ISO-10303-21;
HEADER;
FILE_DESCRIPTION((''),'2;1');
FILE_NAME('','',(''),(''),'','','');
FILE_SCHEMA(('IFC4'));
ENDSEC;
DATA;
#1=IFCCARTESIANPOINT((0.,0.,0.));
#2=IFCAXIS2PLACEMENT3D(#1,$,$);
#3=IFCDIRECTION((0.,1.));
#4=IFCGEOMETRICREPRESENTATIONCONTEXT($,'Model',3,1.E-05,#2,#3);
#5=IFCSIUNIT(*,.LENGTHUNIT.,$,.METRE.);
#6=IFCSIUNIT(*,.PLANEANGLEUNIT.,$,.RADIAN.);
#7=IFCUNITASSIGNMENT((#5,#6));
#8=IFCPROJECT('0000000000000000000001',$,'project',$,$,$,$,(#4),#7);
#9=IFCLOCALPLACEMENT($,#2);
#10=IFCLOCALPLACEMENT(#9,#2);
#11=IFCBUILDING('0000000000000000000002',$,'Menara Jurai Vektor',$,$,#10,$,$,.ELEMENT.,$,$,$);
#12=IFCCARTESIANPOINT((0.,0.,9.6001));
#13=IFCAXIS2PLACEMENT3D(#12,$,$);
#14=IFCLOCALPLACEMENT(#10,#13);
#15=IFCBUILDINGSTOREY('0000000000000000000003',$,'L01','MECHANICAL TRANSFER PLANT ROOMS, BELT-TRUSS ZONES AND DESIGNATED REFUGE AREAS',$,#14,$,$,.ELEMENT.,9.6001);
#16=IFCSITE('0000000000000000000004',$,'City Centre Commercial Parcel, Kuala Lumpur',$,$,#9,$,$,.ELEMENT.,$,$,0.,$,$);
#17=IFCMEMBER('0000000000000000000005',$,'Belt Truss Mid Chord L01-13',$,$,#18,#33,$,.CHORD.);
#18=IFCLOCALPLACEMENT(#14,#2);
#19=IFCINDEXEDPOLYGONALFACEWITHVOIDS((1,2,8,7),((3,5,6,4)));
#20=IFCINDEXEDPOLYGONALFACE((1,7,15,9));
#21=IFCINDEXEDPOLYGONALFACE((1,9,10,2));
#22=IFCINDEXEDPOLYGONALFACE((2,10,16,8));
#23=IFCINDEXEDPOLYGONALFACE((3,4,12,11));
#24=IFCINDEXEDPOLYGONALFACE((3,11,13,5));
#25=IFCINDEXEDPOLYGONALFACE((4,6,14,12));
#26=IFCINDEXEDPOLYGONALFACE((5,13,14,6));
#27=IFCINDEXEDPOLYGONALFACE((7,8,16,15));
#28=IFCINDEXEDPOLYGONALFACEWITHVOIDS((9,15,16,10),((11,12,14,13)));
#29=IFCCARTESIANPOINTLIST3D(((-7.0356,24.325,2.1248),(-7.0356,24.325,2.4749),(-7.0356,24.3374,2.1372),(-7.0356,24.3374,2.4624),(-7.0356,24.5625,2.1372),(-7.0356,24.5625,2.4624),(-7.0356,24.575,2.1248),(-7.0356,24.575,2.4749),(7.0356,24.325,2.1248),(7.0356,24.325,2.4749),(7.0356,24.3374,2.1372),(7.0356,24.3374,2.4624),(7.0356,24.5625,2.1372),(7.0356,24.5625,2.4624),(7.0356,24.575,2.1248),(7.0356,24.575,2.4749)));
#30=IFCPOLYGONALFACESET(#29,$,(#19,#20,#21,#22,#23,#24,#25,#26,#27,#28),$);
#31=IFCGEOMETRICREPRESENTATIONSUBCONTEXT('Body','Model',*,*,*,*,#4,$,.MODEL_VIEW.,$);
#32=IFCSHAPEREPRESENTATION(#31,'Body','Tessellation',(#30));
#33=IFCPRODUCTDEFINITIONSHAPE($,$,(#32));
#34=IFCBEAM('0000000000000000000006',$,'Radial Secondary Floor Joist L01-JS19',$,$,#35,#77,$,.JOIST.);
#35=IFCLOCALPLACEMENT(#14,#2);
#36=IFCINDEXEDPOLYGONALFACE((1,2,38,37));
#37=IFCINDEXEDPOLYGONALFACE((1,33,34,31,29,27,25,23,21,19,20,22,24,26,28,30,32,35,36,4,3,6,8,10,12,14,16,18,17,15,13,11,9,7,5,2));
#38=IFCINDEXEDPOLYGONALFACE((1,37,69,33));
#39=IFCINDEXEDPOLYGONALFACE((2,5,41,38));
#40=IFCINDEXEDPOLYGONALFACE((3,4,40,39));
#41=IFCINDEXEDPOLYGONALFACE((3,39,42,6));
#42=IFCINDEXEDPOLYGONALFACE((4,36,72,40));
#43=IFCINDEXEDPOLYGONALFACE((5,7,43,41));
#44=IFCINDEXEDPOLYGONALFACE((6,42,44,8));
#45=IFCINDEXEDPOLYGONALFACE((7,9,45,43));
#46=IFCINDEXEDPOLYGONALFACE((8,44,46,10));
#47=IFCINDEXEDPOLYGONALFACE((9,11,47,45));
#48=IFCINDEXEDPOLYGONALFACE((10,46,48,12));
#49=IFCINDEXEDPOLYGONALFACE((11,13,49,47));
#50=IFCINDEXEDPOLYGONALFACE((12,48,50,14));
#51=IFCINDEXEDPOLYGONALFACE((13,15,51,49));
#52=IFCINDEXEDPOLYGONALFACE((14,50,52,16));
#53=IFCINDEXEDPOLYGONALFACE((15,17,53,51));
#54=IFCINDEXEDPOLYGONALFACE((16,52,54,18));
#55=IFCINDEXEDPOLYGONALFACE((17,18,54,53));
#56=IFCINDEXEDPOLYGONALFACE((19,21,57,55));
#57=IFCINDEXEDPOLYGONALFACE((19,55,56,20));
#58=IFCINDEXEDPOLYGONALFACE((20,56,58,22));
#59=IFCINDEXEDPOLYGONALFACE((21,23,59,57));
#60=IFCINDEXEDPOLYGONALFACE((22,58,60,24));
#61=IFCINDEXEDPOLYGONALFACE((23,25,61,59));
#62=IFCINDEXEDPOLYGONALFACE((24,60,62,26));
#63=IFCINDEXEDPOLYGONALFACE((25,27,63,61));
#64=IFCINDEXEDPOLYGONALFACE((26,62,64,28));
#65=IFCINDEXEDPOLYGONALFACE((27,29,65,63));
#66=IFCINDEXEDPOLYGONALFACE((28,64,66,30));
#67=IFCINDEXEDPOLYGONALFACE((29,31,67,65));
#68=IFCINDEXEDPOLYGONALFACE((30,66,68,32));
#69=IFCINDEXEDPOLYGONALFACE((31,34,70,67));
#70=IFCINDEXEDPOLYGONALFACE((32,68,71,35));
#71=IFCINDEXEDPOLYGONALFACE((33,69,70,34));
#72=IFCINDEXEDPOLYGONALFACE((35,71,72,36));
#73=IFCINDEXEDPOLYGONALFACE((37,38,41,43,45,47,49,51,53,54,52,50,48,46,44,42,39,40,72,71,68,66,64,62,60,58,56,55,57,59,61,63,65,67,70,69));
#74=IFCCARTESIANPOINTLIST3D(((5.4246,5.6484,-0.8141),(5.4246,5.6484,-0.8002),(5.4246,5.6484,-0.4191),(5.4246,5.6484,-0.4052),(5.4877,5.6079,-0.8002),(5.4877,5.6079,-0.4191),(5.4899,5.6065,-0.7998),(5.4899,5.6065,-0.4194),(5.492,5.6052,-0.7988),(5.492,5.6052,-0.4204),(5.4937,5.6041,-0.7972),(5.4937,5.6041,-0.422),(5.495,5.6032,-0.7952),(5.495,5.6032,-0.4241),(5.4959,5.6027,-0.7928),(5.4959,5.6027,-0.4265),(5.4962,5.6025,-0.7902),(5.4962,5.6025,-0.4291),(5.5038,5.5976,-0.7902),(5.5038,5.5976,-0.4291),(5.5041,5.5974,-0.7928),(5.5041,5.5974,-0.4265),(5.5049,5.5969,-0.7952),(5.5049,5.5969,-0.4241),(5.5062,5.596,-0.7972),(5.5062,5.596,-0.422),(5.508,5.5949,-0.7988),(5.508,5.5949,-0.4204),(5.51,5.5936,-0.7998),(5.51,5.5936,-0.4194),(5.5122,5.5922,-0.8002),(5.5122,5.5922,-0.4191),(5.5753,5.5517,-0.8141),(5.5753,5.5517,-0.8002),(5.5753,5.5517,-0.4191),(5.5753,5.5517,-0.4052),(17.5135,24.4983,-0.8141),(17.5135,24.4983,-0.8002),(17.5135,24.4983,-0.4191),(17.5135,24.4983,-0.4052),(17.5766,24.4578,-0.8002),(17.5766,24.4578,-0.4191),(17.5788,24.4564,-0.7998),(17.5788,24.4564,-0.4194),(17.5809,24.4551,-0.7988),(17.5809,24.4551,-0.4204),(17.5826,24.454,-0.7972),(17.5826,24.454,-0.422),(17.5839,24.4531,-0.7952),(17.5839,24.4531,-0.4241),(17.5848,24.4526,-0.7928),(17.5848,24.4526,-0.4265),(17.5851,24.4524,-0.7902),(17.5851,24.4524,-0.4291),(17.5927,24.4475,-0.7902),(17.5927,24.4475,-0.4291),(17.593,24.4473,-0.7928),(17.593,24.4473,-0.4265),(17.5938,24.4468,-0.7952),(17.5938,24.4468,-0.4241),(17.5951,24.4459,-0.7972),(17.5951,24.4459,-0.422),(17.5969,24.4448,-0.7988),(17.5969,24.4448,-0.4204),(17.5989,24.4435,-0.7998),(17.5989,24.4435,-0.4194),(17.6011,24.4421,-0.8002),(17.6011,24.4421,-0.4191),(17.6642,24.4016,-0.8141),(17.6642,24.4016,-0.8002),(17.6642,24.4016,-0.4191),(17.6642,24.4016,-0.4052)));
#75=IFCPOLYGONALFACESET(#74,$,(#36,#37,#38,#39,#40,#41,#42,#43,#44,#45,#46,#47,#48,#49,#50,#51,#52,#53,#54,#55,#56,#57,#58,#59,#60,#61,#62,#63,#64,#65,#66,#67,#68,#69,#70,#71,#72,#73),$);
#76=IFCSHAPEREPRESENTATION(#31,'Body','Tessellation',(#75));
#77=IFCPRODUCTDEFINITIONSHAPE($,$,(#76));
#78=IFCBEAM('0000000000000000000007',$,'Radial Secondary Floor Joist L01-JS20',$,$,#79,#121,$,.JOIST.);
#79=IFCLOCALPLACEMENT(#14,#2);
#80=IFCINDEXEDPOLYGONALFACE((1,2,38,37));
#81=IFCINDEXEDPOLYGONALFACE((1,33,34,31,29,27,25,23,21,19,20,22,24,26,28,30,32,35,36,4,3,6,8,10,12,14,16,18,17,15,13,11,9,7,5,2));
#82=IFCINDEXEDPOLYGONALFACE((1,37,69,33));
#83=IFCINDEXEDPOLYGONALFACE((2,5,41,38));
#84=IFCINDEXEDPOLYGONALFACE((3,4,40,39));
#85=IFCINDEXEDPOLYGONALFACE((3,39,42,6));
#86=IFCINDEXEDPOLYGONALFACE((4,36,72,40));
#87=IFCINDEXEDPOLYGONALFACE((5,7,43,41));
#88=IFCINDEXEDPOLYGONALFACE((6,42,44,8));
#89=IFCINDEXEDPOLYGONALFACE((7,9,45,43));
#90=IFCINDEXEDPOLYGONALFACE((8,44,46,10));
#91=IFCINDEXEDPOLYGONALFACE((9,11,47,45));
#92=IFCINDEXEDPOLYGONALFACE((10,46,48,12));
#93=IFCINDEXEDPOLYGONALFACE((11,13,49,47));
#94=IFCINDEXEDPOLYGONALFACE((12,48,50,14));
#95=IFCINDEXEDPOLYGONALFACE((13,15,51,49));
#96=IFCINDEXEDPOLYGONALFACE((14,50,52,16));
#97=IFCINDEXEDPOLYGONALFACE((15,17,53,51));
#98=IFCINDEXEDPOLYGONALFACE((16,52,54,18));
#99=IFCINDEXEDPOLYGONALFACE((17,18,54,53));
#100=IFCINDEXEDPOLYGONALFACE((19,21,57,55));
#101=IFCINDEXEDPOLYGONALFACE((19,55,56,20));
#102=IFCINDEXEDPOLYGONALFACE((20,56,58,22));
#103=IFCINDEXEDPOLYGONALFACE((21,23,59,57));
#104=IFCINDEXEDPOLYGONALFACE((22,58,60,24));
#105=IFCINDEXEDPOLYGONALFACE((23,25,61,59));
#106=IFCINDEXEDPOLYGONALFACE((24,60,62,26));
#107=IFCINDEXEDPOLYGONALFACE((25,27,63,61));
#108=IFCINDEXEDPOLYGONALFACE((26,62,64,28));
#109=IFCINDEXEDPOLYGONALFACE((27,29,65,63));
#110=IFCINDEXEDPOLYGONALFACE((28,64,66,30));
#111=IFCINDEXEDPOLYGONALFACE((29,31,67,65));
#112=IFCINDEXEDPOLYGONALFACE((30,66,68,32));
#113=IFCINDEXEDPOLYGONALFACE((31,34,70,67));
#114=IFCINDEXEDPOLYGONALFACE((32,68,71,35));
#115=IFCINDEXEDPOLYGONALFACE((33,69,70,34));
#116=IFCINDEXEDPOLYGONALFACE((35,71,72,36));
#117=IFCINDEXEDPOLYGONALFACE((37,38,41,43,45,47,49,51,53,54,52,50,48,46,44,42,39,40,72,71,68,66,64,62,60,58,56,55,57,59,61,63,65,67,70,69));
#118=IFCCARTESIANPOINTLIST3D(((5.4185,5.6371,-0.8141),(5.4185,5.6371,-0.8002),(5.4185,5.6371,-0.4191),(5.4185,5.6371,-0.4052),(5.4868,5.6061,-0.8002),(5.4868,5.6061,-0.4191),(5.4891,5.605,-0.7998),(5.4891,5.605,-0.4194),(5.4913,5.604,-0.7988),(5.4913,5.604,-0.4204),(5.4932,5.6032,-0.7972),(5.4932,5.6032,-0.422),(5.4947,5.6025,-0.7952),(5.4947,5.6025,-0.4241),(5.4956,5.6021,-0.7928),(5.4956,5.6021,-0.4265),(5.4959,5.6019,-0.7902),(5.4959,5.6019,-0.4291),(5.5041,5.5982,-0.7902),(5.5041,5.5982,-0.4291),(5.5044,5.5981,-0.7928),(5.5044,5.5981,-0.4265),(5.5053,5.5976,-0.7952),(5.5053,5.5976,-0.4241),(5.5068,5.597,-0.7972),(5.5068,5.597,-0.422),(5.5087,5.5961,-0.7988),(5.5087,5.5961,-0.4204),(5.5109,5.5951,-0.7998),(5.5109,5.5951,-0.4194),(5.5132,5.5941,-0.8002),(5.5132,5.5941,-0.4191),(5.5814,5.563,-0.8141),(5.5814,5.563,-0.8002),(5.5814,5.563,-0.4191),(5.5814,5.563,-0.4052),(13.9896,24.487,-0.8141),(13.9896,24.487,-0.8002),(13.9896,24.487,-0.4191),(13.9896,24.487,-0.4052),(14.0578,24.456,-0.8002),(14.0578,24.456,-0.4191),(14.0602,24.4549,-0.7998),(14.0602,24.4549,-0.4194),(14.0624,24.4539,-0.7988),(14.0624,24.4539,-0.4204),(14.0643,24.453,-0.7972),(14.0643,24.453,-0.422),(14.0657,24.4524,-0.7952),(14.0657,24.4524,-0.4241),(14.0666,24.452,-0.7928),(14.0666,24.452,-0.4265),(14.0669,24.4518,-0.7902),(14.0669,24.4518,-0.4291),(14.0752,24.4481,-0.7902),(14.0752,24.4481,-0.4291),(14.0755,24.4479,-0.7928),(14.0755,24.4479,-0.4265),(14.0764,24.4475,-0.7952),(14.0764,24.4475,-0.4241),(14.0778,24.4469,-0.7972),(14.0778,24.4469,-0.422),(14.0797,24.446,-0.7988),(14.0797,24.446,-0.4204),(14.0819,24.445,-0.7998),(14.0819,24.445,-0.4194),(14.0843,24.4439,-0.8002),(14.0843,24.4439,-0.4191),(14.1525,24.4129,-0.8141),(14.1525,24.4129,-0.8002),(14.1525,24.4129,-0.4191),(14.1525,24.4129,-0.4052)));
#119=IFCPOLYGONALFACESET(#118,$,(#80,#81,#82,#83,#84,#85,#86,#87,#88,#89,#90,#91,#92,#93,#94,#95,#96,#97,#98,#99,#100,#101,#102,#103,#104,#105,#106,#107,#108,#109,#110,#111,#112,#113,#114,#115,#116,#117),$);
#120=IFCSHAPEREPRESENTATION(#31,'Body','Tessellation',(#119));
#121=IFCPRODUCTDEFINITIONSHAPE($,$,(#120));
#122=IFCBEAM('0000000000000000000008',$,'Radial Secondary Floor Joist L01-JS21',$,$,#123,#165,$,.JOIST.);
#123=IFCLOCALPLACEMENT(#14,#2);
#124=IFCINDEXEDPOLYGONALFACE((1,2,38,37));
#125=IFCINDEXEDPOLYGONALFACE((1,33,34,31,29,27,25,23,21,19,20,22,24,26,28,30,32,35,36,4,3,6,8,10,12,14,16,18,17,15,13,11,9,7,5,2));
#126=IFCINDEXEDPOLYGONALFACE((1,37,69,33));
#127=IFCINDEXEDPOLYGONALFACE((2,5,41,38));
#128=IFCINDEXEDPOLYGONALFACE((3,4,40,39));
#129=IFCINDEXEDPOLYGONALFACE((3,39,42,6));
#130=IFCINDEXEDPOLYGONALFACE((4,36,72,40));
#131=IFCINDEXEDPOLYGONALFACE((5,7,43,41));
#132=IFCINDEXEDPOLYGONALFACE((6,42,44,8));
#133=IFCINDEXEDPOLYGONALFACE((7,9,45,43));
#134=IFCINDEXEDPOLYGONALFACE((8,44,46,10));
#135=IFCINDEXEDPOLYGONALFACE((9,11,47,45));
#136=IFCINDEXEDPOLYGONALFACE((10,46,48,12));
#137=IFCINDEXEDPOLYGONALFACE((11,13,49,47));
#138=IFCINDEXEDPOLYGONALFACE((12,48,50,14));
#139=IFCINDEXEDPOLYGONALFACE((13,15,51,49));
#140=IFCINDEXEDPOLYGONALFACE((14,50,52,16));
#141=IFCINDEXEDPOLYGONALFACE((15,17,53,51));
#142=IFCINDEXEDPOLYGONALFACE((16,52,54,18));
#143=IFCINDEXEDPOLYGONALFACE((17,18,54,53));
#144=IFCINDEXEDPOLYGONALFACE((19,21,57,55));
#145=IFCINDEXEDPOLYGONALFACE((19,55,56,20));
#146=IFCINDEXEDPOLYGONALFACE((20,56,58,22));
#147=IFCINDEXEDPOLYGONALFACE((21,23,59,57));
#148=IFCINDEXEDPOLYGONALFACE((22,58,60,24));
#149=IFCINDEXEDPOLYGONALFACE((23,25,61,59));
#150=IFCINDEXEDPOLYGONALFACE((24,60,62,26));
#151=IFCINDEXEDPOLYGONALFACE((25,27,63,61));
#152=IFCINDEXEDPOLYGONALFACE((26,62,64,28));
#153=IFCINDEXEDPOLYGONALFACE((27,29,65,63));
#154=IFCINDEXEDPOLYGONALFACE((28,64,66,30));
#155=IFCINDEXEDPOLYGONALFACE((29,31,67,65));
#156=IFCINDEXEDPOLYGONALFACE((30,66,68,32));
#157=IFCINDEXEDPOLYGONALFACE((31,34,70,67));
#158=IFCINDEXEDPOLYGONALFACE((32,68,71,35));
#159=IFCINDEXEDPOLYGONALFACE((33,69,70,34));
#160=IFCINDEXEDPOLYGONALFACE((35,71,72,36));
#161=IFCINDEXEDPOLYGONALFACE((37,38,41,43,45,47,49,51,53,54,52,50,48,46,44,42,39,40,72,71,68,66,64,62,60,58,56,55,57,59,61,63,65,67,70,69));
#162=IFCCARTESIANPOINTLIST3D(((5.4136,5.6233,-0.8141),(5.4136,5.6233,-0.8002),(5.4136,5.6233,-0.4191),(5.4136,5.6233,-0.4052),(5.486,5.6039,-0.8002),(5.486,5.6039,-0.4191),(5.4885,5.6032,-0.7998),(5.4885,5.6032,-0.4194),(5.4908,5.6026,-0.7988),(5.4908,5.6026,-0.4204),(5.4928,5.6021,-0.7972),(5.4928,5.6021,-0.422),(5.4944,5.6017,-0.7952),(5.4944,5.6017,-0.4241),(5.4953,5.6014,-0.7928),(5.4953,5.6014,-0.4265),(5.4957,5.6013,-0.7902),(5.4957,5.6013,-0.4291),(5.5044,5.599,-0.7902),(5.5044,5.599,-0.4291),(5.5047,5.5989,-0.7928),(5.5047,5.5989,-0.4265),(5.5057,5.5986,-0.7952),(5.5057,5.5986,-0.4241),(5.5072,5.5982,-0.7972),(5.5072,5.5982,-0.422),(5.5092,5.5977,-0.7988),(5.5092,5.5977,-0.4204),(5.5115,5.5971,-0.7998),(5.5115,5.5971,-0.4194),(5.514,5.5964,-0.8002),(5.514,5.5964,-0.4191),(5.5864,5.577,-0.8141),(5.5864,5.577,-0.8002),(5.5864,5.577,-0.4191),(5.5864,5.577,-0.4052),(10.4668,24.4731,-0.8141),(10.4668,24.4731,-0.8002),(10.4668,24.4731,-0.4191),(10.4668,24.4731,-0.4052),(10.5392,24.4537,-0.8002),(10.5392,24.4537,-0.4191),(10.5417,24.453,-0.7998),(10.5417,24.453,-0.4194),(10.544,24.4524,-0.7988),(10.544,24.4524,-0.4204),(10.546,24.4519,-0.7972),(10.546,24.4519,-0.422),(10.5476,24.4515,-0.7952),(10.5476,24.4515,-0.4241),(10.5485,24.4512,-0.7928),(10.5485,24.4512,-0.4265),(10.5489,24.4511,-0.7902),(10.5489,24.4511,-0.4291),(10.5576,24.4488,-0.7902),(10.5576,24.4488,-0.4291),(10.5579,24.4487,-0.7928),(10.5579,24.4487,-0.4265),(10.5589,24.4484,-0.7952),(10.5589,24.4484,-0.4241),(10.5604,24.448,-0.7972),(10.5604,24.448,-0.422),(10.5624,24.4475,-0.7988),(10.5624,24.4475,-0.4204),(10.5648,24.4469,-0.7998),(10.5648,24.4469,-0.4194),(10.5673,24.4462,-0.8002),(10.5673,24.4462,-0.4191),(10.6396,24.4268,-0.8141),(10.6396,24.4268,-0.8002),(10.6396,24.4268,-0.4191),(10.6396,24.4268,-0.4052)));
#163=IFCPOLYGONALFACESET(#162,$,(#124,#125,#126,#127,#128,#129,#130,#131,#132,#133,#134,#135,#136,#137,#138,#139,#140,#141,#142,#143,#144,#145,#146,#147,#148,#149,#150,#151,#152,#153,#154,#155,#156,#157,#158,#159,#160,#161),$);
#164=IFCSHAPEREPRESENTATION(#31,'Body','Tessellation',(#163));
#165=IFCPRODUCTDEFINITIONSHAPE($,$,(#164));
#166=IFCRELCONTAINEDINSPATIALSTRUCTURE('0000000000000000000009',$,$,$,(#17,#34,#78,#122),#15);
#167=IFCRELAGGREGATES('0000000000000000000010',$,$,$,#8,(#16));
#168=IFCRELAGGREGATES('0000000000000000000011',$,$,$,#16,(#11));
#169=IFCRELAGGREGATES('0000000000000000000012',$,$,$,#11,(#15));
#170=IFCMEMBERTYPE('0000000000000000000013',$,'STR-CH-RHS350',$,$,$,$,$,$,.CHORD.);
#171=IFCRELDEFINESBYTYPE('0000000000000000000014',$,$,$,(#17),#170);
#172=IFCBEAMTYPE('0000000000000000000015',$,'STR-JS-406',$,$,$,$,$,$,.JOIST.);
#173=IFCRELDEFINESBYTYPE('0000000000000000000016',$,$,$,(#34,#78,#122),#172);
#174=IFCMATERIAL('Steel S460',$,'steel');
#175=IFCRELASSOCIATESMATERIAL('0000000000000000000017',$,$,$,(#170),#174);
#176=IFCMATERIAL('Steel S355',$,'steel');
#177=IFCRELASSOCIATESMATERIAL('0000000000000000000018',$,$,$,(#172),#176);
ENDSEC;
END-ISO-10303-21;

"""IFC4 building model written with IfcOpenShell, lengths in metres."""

from ifc_helpers import new_model, si_unit, direction, frame, origin, origin_2d, place, context, subcontext, project, spatial, hollow_rectangle, i_section, extrude, material, material_profile, profile_set, type_object, element, save


model = new_model("IFC4")

# Units and contexts
model_context = context("Model", 3, precision=1e-05, world=origin(), true_north=direction((0.0, 1.0)))
body_context = subcontext(model_context, "Body", "Model", "MODEL_VIEW")
ifc_project = project(units=[si_unit("LENGTHUNIT", "METRE"), si_unit("PLANEANGLEUNIT", "RADIAN")], contexts=[model_context])

# Site, building, storey
site_placement = place(None, origin())
site = spatial("IfcSite", under=ifc_project, at=site_placement, Name="City Centre Commercial Parcel, Kuala Lumpur", CompositionType="ELEMENT", RefElevation=0.0)
building_placement = place(site_placement, origin())
building = spatial("IfcBuilding", under=site, at=building_placement, Name="Menara Jurai Vektor", CompositionType="ELEMENT")
storey_placement = place(building_placement, frame((0.0, 0.0, 9.6001)))
storey = spatial("IfcBuildingStorey", under=building, at=storey_placement, Name="L01", Description="MECHANICAL TRANSFER PLANT ROOMS, BELT-TRUSS ZONES AND DESIGNATED REFUGE AREAS", CompositionType="ELEMENT", Elevation=9.6001)

# Shared definitions
ifc_material_1 = material(Name="Steel S355", Category="steel")
ifc_material_2 = material(Name="Steel S460", Category="steel")

# Member
ifc_material_profile_1 = material_profile(ifc_material_2, hollow_rectangle(XDim=0.25, YDim=0.3501, WallThickness=0.0125, at=origin_2d()), Name="RHS 350x250x12.5")
ifc_profile_set_1 = profile_set([ifc_material_profile_1], Name="Steel S460")
member_type_1 = type_object("IfcMemberType", Name="STR-CH-RHS350", PredefinedType="CHORD", material=ifc_profile_set_1)
member_1_placement = place(storey_placement, frame((7.0356, 24.45, 2.2998), z_axis=(-1.0, 0.0, 0.0), x_axis=(0.0, -1.0, 0.0)))
element("IfcMember", 1, at=member_1_placement, inside=storey, type_object=member_type_1, Name="Belt Truss Mid Chord L01-13", PredefinedType="CHORD", context=body_context, shape_type="SweptSolid", body=[
    extrude(hollow_rectangle(XDim=0.25, YDim=0.3501, WallThickness=0.0125, at=origin_2d()), origin(), (0.0, 0.0, 1.0), 14.0713),
])

# Beams
ifc_material_profile_2 = material_profile(ifc_material_1, i_section(OverallWidth=0.179, OverallDepth=0.4089, WebThickness=0.009, FlangeThickness=0.0139, FilletRadius=0.01, at=origin_2d()), Name="UKB 406x178x67")
ifc_profile_set_2 = profile_set([ifc_material_profile_2], Name="Steel S355")
beam_type_1 = type_object("IfcBeamType", Name="STR-JS-406", PredefinedType="JOIST", material=ifc_profile_set_2)
beam_1_placement = place(storey_placement, frame((17.5889, 24.45, -0.6096), z_axis=(-0.539844, -0.841765, 0.0), x_axis=(0.841765, -0.539844, 0.0)))
element("IfcBeam", 2, at=beam_1_placement, inside=storey, type_object=beam_type_1, Name="Radial Secondary Floor Joist L01-JS19", PredefinedType="JOIST", context=body_context, shape_type="SweptSolid", body=[
    extrude(i_section(OverallWidth=0.179, OverallDepth=0.4089, WebThickness=0.009, FlangeThickness=0.0139, FilletRadius=0.01, at=origin_2d()), origin(), (0.0, 0.0, 1.0), 22.3933),
])
beam_2_placement = place(storey_placement, frame((14.071, 24.45, -0.6096), z_axis=(-0.41392, -0.910313, 0.0), x_axis=(0.910313, -0.41392, 0.0)))
element("IfcBeam", 3, at=beam_2_placement, inside=storey, type_object=beam_type_1, Name="Radial Secondary Floor Joist L01-JS20", PredefinedType="JOIST", context=body_context, shape_type="SweptSolid", body=[
    extrude(i_section(OverallWidth=0.179, OverallDepth=0.4089, WebThickness=0.009, FlangeThickness=0.0139, FilletRadius=0.01, at=origin_2d()), origin(), (0.0, 0.0, 1.0), 20.707),
])
beam_3_placement = place(storey_placement, frame((10.5532, 24.45, -0.6096), z_axis=(-0.258935, -0.965895, 0.0), x_axis=(0.965895, -0.258935, 0.0)))
element("IfcBeam", 4, at=beam_3_placement, inside=storey, type_object=beam_type_1, Name="Radial Secondary Floor Joist L01-JS21", PredefinedType="JOIST", context=body_context, shape_type="SweptSolid", body=[
    extrude(i_section(OverallWidth=0.179, OverallDepth=0.4089, WebThickness=0.009, FlangeThickness=0.0139, FilletRadius=0.01, at=origin_2d()), origin(), (0.0, 0.0, 1.0), 19.5154),
])

save(model, "model.ifc")
